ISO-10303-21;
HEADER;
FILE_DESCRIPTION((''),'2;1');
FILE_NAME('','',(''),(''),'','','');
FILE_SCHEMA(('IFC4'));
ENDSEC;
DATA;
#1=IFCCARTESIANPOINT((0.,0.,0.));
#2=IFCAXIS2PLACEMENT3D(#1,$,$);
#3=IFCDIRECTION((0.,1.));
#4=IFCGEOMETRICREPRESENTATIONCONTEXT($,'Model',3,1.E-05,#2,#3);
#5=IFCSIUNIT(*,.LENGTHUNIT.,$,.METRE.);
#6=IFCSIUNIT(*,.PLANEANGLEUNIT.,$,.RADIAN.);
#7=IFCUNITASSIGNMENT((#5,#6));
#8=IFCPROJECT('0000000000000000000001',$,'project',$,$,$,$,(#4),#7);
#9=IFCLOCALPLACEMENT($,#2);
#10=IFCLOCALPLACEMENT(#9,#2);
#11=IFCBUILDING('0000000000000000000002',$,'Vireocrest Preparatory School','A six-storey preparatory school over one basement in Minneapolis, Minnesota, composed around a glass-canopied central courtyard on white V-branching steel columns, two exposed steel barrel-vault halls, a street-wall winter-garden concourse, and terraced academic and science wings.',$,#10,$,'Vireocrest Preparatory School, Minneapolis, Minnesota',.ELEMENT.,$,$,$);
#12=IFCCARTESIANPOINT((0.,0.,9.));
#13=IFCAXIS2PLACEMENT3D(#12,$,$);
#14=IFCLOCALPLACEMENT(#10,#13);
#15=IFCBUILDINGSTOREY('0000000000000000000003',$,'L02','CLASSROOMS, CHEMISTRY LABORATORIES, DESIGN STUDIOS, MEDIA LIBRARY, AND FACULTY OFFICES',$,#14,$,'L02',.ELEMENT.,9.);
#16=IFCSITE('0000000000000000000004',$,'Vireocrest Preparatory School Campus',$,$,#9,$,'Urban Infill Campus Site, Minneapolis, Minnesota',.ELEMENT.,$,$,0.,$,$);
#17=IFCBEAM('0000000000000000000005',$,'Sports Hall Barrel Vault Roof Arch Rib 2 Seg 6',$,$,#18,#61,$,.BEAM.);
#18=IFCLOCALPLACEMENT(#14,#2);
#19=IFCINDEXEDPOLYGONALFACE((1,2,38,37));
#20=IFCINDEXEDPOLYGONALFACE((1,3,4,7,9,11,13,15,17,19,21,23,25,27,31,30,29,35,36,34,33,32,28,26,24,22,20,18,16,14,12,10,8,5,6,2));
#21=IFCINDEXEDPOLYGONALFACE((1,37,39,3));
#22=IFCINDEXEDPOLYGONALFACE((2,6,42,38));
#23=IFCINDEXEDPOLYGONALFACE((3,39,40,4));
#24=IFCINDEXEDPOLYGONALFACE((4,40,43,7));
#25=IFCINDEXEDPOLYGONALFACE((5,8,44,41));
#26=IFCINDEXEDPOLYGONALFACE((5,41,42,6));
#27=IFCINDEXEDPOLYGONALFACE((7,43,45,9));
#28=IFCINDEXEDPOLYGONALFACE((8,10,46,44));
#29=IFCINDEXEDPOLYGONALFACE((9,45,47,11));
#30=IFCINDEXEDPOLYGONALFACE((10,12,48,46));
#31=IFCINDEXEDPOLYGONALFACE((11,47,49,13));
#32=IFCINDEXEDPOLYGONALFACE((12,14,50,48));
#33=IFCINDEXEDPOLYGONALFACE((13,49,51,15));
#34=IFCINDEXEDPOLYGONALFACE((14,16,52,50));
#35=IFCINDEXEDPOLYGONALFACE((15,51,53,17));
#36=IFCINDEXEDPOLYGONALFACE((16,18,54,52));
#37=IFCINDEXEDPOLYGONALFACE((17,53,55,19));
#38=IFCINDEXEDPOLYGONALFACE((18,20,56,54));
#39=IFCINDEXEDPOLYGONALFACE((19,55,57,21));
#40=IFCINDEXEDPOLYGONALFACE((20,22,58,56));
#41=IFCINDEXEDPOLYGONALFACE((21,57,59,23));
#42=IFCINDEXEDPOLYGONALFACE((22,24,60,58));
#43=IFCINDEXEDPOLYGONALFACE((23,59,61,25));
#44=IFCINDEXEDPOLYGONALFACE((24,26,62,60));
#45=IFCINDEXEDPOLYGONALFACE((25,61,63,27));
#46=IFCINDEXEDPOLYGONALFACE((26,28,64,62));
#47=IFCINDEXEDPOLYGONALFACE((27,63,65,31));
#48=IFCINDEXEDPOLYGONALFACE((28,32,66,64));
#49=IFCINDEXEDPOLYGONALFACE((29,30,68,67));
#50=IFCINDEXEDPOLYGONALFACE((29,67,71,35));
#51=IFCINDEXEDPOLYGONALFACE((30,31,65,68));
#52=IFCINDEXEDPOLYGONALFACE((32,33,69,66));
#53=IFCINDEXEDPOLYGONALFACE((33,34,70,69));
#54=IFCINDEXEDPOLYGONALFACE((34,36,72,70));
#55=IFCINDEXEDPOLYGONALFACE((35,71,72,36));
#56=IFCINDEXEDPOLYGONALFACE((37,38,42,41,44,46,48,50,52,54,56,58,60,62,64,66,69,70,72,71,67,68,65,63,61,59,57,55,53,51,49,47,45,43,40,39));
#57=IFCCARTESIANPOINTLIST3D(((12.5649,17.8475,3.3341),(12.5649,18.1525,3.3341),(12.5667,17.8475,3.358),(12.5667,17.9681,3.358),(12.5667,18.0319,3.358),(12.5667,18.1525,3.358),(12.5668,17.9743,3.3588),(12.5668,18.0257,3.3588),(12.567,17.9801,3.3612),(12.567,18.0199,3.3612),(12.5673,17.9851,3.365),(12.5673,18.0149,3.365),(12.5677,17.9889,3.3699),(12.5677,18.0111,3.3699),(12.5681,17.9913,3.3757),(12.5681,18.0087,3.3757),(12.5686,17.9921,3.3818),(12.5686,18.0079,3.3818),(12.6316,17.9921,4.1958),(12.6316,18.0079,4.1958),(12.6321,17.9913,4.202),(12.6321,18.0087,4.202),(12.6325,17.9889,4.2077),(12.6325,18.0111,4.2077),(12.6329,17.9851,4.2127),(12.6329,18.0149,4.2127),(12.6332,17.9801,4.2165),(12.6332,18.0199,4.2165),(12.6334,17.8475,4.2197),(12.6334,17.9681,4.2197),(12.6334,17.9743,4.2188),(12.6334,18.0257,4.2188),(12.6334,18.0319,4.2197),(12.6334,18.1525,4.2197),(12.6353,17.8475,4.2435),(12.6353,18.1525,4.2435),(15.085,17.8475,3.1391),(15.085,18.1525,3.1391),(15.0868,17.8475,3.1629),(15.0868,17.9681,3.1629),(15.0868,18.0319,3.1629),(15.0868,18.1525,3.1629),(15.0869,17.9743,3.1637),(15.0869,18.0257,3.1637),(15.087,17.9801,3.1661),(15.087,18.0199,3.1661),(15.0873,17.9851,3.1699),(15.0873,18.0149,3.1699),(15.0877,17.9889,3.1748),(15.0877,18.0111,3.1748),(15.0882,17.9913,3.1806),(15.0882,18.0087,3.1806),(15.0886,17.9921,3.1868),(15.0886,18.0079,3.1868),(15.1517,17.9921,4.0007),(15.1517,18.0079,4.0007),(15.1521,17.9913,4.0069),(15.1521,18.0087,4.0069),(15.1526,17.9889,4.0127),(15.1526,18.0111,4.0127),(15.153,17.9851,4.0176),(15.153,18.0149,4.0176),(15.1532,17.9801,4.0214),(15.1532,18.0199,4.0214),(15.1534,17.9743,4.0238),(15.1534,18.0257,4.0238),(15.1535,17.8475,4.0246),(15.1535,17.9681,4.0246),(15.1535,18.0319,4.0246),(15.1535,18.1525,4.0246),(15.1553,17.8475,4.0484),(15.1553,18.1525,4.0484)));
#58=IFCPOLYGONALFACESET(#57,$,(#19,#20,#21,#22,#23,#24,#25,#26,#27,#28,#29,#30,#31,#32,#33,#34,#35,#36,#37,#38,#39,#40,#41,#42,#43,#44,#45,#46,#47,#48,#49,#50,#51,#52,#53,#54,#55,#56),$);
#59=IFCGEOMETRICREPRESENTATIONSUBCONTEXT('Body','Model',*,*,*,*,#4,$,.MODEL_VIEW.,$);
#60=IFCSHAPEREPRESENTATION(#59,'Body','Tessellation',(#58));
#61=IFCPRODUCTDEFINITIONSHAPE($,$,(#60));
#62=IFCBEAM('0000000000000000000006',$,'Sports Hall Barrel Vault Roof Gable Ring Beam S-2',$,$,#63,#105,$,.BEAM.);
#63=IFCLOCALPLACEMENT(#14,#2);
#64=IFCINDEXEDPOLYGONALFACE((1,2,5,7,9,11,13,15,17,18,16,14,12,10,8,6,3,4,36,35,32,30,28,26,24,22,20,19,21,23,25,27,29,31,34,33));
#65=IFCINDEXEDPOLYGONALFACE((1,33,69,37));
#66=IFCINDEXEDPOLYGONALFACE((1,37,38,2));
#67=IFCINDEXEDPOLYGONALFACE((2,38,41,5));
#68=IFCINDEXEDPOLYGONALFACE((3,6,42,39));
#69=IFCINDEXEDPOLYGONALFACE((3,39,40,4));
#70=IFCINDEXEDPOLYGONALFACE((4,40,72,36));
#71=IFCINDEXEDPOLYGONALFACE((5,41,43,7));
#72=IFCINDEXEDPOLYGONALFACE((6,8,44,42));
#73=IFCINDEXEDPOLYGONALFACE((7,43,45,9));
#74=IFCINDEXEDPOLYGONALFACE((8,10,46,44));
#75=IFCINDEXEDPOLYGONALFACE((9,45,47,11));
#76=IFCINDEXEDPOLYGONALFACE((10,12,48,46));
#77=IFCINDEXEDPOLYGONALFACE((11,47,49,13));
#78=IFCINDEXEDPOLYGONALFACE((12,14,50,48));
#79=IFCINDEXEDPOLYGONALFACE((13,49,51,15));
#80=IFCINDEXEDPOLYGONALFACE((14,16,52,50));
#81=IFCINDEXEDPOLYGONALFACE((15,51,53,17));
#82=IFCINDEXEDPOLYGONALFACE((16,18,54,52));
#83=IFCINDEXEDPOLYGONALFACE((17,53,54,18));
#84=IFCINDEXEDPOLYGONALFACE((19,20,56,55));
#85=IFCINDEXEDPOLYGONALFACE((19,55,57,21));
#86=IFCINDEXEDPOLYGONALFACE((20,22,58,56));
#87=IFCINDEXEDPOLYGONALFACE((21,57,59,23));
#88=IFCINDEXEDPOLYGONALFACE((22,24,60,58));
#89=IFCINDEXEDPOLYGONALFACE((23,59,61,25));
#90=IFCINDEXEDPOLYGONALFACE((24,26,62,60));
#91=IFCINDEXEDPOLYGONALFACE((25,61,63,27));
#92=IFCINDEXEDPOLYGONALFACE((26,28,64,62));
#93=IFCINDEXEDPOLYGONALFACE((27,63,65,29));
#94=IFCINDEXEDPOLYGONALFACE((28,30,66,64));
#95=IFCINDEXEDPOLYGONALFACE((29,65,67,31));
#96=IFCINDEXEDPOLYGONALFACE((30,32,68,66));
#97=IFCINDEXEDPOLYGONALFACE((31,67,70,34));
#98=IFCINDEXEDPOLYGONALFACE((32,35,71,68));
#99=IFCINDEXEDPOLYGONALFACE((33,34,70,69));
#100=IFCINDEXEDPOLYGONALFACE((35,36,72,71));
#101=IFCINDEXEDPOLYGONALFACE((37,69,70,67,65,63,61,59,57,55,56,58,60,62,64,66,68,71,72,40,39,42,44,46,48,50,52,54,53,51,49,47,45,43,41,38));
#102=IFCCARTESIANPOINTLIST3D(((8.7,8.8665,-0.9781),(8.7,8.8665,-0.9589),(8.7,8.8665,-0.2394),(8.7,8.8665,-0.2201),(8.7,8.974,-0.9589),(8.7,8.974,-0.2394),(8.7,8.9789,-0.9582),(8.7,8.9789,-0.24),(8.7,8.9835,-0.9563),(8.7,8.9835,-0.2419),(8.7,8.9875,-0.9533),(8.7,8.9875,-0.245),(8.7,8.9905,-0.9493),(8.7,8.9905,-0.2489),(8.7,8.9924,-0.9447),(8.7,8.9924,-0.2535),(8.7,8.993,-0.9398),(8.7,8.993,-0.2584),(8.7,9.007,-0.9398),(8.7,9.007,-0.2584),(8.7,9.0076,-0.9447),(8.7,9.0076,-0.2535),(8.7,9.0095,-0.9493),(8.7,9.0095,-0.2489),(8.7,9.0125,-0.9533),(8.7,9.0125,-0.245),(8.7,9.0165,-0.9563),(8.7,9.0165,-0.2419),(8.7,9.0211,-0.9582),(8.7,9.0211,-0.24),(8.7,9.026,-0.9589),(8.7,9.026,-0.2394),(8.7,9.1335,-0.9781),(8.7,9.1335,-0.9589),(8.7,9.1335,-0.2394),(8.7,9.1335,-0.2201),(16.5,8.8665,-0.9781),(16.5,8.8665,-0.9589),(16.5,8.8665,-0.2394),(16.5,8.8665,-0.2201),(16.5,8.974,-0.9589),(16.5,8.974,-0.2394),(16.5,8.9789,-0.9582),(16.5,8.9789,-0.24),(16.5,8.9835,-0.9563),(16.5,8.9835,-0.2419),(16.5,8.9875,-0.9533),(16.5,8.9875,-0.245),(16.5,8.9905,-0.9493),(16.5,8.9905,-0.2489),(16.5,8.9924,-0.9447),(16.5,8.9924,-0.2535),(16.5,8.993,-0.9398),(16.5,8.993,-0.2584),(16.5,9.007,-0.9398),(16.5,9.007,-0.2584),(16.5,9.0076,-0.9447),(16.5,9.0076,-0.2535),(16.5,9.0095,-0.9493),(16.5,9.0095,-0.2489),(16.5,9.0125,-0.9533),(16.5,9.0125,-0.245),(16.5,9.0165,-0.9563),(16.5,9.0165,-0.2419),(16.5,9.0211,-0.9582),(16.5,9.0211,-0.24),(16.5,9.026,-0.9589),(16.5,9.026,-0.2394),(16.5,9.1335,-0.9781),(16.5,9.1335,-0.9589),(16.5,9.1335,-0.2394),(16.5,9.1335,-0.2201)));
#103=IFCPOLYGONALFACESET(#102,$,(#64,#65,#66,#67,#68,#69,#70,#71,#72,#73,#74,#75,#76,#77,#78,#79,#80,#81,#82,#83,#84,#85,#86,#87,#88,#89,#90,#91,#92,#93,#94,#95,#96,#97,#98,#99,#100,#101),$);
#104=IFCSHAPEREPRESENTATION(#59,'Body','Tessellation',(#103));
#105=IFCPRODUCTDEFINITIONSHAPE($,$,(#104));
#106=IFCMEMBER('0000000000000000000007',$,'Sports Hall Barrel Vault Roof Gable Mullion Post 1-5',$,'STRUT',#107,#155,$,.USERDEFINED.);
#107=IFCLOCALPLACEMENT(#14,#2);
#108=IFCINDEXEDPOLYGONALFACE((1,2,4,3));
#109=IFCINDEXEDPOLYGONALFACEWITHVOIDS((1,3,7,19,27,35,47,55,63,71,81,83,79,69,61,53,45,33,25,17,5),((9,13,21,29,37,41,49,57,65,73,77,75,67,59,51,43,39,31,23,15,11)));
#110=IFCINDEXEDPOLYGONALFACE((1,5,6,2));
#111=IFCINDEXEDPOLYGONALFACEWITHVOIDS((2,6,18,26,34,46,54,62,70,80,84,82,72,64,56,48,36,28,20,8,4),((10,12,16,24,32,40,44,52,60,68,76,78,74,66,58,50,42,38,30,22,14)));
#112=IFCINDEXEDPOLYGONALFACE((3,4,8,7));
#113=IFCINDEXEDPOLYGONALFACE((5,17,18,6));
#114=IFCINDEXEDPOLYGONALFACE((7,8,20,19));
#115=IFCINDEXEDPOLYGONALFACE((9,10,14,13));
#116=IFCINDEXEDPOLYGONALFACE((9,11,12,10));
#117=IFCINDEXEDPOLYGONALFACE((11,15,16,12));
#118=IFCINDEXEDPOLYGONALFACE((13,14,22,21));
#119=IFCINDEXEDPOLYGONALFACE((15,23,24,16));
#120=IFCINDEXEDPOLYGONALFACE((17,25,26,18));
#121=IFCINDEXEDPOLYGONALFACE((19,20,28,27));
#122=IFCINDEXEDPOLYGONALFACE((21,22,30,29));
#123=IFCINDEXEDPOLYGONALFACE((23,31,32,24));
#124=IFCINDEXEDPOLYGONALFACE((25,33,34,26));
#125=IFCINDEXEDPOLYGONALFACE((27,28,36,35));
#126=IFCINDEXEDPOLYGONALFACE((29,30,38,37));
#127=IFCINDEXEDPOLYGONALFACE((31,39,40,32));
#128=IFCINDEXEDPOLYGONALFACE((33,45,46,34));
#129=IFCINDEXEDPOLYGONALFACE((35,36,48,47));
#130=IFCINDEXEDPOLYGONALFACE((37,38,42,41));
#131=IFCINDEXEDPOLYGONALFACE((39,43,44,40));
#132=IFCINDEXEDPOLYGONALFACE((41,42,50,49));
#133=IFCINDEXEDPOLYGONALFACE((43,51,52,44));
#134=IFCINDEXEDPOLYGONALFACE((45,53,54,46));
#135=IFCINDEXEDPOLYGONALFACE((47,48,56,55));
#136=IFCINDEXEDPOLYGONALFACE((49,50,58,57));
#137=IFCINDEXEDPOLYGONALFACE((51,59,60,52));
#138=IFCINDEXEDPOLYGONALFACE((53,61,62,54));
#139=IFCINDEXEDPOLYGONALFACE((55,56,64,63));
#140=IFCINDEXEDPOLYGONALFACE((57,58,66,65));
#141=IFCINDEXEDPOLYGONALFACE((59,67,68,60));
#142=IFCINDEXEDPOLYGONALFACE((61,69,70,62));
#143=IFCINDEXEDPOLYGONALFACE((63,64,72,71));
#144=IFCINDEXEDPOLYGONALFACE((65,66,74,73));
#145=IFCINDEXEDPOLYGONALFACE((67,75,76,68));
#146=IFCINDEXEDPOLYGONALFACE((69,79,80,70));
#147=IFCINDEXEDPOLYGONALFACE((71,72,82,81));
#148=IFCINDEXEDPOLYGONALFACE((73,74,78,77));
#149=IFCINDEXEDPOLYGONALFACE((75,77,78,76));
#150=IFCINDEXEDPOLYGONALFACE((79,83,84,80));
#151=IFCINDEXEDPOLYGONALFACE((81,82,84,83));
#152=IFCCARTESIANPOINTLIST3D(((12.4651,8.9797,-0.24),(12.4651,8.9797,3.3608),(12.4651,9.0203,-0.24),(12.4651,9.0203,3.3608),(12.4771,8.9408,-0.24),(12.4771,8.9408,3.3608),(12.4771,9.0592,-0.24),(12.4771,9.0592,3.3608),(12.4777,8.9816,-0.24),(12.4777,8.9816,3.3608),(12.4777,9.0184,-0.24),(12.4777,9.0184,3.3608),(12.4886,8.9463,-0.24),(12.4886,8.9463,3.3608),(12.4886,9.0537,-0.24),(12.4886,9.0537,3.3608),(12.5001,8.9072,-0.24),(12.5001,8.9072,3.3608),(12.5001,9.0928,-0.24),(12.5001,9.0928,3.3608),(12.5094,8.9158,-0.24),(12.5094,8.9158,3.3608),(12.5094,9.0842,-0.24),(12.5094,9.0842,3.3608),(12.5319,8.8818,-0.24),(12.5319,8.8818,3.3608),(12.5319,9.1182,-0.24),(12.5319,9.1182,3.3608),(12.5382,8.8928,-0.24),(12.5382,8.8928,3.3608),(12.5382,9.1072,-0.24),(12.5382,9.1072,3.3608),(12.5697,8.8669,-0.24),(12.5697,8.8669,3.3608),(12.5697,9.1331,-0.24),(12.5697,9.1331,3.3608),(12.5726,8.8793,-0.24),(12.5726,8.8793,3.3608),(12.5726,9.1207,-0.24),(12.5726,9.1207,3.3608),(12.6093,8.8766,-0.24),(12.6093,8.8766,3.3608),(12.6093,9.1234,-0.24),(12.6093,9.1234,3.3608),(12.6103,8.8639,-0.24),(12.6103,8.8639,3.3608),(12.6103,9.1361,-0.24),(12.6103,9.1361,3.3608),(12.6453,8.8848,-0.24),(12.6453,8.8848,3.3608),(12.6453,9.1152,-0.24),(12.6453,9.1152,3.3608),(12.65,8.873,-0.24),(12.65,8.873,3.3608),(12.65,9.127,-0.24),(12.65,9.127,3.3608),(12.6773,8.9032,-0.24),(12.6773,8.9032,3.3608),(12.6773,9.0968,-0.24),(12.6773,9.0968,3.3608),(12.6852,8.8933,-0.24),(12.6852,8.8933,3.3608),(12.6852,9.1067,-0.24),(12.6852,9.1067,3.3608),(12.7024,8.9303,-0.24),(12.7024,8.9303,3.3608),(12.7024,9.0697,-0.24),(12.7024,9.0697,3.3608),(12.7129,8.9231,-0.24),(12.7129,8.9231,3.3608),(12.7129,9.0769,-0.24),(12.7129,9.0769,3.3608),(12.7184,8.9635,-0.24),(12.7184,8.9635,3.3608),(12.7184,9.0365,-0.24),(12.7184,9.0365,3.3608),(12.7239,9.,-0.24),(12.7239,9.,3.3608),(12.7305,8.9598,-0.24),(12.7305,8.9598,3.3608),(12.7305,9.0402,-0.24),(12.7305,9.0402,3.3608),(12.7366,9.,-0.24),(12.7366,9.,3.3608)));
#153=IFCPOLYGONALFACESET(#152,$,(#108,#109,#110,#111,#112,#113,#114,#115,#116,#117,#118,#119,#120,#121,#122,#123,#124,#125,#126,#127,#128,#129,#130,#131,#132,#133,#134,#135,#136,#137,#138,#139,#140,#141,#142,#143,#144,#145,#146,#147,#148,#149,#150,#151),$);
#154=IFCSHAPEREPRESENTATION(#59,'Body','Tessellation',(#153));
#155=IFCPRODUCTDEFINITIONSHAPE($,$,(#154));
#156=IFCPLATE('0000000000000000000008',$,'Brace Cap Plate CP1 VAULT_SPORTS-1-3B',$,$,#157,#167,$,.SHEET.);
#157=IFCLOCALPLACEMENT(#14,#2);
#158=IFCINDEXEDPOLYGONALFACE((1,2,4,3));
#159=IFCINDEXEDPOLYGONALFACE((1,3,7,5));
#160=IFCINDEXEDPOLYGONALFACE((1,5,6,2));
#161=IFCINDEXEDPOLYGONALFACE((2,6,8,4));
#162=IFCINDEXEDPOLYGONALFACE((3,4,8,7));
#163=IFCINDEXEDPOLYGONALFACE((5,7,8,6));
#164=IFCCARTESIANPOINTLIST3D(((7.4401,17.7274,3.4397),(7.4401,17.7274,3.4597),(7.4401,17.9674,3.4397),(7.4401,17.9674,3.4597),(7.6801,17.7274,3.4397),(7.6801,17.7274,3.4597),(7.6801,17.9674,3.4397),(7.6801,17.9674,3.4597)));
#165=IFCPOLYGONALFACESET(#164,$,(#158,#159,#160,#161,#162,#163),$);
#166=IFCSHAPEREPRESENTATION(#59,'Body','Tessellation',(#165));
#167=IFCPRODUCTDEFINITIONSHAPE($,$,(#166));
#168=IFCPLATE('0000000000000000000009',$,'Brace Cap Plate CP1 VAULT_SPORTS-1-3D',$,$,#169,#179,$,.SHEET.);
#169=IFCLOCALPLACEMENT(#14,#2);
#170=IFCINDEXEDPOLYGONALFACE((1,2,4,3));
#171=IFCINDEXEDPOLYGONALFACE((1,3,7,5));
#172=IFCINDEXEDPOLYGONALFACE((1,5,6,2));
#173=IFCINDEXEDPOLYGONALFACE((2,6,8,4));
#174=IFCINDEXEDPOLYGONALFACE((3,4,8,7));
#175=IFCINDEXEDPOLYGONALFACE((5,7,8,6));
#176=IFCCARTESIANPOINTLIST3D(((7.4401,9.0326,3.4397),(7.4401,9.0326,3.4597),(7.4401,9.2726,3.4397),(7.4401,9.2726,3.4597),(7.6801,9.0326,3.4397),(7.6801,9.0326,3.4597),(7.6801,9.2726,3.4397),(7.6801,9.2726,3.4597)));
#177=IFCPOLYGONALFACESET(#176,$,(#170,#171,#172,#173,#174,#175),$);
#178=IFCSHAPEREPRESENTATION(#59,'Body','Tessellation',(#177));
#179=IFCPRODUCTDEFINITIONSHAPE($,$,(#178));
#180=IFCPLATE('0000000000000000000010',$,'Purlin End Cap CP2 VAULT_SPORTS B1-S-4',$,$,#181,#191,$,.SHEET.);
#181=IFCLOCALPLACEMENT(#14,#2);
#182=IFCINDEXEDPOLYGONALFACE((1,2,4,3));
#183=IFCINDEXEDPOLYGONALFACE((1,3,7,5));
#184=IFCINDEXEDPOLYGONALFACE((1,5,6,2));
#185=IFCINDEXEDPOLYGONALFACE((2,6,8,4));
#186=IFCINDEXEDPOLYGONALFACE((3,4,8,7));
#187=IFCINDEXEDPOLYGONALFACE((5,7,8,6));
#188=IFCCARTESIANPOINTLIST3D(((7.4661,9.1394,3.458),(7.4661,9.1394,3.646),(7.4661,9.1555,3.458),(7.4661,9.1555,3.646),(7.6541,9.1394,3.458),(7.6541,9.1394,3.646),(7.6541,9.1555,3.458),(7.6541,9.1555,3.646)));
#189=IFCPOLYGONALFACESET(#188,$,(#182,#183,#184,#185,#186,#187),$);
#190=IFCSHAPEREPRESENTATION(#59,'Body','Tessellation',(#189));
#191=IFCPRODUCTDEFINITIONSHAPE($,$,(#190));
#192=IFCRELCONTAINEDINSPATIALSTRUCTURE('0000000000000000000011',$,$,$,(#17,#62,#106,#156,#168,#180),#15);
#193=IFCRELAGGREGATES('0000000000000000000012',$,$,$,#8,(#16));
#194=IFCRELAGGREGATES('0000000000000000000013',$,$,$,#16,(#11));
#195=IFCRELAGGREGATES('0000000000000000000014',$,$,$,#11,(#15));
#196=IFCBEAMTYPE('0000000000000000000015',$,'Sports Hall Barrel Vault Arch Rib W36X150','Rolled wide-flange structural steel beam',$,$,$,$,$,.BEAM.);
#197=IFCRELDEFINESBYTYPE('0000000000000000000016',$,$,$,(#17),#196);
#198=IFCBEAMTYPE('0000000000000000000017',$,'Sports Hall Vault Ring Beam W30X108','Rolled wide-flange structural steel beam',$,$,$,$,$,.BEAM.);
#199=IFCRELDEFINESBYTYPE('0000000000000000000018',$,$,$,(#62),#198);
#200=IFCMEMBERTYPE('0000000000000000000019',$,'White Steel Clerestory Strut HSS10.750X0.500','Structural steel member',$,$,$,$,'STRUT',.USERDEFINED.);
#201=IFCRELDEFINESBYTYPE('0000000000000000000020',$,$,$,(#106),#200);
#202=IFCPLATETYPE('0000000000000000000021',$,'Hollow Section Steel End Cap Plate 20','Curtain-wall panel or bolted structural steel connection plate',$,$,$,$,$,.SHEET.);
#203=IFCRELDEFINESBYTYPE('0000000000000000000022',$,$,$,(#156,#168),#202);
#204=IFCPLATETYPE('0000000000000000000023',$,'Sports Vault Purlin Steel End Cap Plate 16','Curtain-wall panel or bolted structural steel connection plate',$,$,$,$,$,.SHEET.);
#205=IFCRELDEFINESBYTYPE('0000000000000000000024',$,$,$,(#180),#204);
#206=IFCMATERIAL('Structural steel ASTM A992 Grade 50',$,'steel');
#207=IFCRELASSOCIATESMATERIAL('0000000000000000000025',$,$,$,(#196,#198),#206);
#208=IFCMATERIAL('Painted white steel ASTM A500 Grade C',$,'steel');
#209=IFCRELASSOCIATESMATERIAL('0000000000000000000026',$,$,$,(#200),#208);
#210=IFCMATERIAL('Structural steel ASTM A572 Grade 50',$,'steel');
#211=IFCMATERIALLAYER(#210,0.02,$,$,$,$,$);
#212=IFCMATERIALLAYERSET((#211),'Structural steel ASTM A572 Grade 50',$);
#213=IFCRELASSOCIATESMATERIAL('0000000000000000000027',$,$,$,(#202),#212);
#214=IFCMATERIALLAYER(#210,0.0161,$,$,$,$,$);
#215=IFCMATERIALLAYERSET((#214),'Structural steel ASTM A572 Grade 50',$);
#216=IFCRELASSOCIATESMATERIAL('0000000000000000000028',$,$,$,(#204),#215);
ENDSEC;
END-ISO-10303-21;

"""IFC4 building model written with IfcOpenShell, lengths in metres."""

from ifc_helpers import new_model, si_unit, direction, frame, origin, origin_2d, place, context, subcontext, project, spatial, rectangle, hollow_circle, i_section, extrude, material, layer, layer_set, material_profile, profile_set, type_object, element, save


model = new_model("IFC4")

# Units and contexts
model_context = context("Model", 3, precision=1e-05, world=origin(), true_north=direction((0.0, 1.0)))
body_context = subcontext(model_context, "Body", "Model", "MODEL_VIEW")
ifc_project = project(units=[si_unit("LENGTHUNIT", "METRE"), si_unit("PLANEANGLEUNIT", "RADIAN")], contexts=[model_context])

# Site, building, storey
site_placement = place(None, origin())
site = spatial("IfcSite", under=ifc_project, at=site_placement, Name="Vireocrest Preparatory School Campus", LongName="Urban Infill Campus Site, Minneapolis, Minnesota", CompositionType="ELEMENT", RefElevation=0.0)
building_placement = place(site_placement, origin())
building = spatial("IfcBuilding", under=site, at=building_placement, Name="Vireocrest Preparatory School", Description="A six-storey preparatory school over one basement in Minneapolis, Minnesota, composed around a glass-canopied central courtyard on white V-branching steel columns, two exposed steel barrel-vault halls, a street-wall winter-garden concourse, and terraced academic and science wings.", LongName="Vireocrest Preparatory School, Minneapolis, Minnesota", CompositionType="ELEMENT")
storey_placement = place(building_placement, frame((0.0, 0.0, 9.0)))
storey = spatial("IfcBuildingStorey", under=building, at=storey_placement, Name="L02", Description="CLASSROOMS, CHEMISTRY LABORATORIES, DESIGN STUDIOS, MEDIA LIBRARY, AND FACULTY OFFICES", LongName="L02", CompositionType="ELEMENT", Elevation=9.0)

# Beams
ifc_material_1 = material(Name="Structural steel ASTM A992 Grade 50", Category="steel")
ifc_material_profile_1 = material_profile(ifc_material_1, i_section(OverallWidth=0.3049, OverallDepth=0.9121, WebThickness=0.0159, FlangeThickness=0.0239, FilletRadius=0.0239, at=origin_2d()), Name="W36X150")
ifc_profile_set_1 = profile_set([ifc_material_profile_1], Name="Structural steel ASTM A992 Grade 50")
beam_type_1 = type_object("IfcBeamType", Name="Sports Hall Barrel Vault Arch Rib W36X150", Description="Rolled wide-flange structural steel beam", PredefinedType="BEAM", material=ifc_profile_set_1)
for number, where, z_axis, x_axis, name in (
    (1, (12.6001, 18.0, 3.7888), (0.997017, 0.0, -0.077177), (0.0, 1.0, 0.0), "Sports Hall Barrel Vault Roof Arch Rib 2 Seg 6"),
):
    element("IfcBeam", number, at=place(storey_placement, frame(where, z_axis=z_axis, x_axis=x_axis)), inside=storey, type_object=beam_type_1, Name=name, PredefinedType="BEAM", context=body_context, shape_type="SweptSolid", body=[
        extrude(i_section(OverallWidth=0.3049, OverallDepth=0.9121, WebThickness=0.0159, FlangeThickness=0.0239, FilletRadius=0.0239, at=origin_2d()), origin(), (0.0, 0.0, 1.0), 2.5276),
    ])
ifc_material_profile_2 = material_profile(ifc_material_1, i_section(OverallWidth=0.2671, OverallDepth=0.7581, WebThickness=0.0139, FlangeThickness=0.0193, FilletRadius=0.019, at=origin_2d()), Name="W30X108")
ifc_profile_set_2 = profile_set([ifc_material_profile_2], Name="Structural steel ASTM A992 Grade 50")
beam_type_2 = type_object("IfcBeamType", Name="Sports Hall Vault Ring Beam W30X108", Description="Rolled wide-flange structural steel beam", PredefinedType="BEAM", material=ifc_profile_set_2)
beam_1_placement = place(storey_placement, frame((8.7, 9.0, -0.5991), z_axis=(1.0, 0.0, 0.0), x_axis=(0.0, 1.0, 0.0)))
element("IfcBeam", 2, at=beam_1_placement, inside=storey, type_object=beam_type_2, Name="Sports Hall Barrel Vault Roof Gable Ring Beam S-2", PredefinedType="BEAM", context=body_context, shape_type="SweptSolid", body=[
    extrude(i_section(OverallWidth=0.2671, OverallDepth=0.7581, WebThickness=0.0139, FlangeThickness=0.0193, FilletRadius=0.019, at=origin_2d()), origin(), (0.0, 0.0, 1.0), 7.8),
])

# Member
ifc_material_2 = material(Name="Painted white steel ASTM A500 Grade C", Category="steel")
ifc_material_profile_3 = material_profile(ifc_material_2, hollow_circle(Radius=0.1365, WallThickness=0.0127, at=origin_2d()), Name="HSS10.750X0.500")
ifc_profile_set_3 = profile_set([ifc_material_profile_3], Name="Painted white steel ASTM A500 Grade C")
member_type_1 = type_object("IfcMemberType", Name="White Steel Clerestory Strut HSS10.750X0.500", Description="Structural steel member", ElementType="STRUT", PredefinedType="USERDEFINED", material=ifc_profile_set_3)
member_1_placement = place(storey_placement, frame((12.6001, 9.0, -0.24), z_axis=(0.0, 0.0, 1.0), x_axis=(1.0, 0.0, 0.0)))
element("IfcMember", 3, at=member_1_placement, inside=storey, type_object=member_type_1, Name="Sports Hall Barrel Vault Roof Gable Mullion Post 1-5", ObjectType="STRUT", PredefinedType="USERDEFINED", context=body_context, shape_type="SweptSolid", body=[
    extrude(hollow_circle(Radius=0.1365, WallThickness=0.0127, at=origin_2d()), origin(), (0.0, 0.0, 1.0), 3.6008),
])

# Plates
ifc_material_3 = material(Name="Structural steel ASTM A572 Grade 50", Category="steel")
ifc_layer_1 = layer(ifc_material_3, 0.02)
ifc_layer_set_1 = layer_set([ifc_layer_1], Name="Structural steel ASTM A572 Grade 50")
plate_type_1 = type_object("IfcPlateType", Name="Hollow Section Steel End Cap Plate 20", Description="Curtain-wall panel or bolted structural steel connection plate", PredefinedType="SHEET", material=ifc_layer_set_1)
for number, where, z_axis, x_axis, name in (
    (4, (7.5601, 17.8474, 3.4397), (0.0, 0.0, 1.0), (1.0, 0.0, 0.0), "Brace Cap Plate CP1 VAULT_SPORTS-1-3B"),
    (5, (7.5601, 9.1526, 3.4397), (0.0, 0.0, 1.0), (1.0, 0.0, 0.0), "Brace Cap Plate CP1 VAULT_SPORTS-1-3D"),
):
    element("IfcPlate", number, at=place(storey_placement, frame(where, z_axis=z_axis, x_axis=x_axis)), inside=storey, type_object=plate_type_1, Name=name, PredefinedType="SHEET", context=body_context, shape_type="SweptSolid", body=[
        extrude(rectangle(XDim=0.24, YDim=0.24, at=origin_2d()), origin(), (0.0, 0.0, 1.0), 0.02),
    ])
ifc_layer_2 = layer(ifc_material_3, 0.0161)
ifc_layer_set_2 = layer_set([ifc_layer_2], Name="Structural steel ASTM A572 Grade 50")
plate_type_2 = type_object("IfcPlateType", Name="Sports Vault Purlin Steel End Cap Plate 16", Description="Curtain-wall panel or bolted structural steel connection plate", PredefinedType="SHEET", material=ifc_layer_set_2)
for number, where, z_axis, x_axis, name in (
    (6, (7.5601, 9.1475, 3.458), (0.0, 0.0, 1.0), (1.0, 0.0, 0.0), "Purlin End Cap CP2 VAULT_SPORTS B1-S-4"),
):
    element("IfcPlate", number, at=place(storey_placement, frame(where, z_axis=z_axis, x_axis=x_axis)), inside=storey, type_object=plate_type_2, Name=name, PredefinedType="SHEET", context=body_context, shape_type="SweptSolid", body=[
        extrude(rectangle(XDim=0.188, YDim=0.0161, at=origin_2d()), origin(), (0.0, 0.0, 1.0), 0.188),
    ])

save(model, "model.ifc")
